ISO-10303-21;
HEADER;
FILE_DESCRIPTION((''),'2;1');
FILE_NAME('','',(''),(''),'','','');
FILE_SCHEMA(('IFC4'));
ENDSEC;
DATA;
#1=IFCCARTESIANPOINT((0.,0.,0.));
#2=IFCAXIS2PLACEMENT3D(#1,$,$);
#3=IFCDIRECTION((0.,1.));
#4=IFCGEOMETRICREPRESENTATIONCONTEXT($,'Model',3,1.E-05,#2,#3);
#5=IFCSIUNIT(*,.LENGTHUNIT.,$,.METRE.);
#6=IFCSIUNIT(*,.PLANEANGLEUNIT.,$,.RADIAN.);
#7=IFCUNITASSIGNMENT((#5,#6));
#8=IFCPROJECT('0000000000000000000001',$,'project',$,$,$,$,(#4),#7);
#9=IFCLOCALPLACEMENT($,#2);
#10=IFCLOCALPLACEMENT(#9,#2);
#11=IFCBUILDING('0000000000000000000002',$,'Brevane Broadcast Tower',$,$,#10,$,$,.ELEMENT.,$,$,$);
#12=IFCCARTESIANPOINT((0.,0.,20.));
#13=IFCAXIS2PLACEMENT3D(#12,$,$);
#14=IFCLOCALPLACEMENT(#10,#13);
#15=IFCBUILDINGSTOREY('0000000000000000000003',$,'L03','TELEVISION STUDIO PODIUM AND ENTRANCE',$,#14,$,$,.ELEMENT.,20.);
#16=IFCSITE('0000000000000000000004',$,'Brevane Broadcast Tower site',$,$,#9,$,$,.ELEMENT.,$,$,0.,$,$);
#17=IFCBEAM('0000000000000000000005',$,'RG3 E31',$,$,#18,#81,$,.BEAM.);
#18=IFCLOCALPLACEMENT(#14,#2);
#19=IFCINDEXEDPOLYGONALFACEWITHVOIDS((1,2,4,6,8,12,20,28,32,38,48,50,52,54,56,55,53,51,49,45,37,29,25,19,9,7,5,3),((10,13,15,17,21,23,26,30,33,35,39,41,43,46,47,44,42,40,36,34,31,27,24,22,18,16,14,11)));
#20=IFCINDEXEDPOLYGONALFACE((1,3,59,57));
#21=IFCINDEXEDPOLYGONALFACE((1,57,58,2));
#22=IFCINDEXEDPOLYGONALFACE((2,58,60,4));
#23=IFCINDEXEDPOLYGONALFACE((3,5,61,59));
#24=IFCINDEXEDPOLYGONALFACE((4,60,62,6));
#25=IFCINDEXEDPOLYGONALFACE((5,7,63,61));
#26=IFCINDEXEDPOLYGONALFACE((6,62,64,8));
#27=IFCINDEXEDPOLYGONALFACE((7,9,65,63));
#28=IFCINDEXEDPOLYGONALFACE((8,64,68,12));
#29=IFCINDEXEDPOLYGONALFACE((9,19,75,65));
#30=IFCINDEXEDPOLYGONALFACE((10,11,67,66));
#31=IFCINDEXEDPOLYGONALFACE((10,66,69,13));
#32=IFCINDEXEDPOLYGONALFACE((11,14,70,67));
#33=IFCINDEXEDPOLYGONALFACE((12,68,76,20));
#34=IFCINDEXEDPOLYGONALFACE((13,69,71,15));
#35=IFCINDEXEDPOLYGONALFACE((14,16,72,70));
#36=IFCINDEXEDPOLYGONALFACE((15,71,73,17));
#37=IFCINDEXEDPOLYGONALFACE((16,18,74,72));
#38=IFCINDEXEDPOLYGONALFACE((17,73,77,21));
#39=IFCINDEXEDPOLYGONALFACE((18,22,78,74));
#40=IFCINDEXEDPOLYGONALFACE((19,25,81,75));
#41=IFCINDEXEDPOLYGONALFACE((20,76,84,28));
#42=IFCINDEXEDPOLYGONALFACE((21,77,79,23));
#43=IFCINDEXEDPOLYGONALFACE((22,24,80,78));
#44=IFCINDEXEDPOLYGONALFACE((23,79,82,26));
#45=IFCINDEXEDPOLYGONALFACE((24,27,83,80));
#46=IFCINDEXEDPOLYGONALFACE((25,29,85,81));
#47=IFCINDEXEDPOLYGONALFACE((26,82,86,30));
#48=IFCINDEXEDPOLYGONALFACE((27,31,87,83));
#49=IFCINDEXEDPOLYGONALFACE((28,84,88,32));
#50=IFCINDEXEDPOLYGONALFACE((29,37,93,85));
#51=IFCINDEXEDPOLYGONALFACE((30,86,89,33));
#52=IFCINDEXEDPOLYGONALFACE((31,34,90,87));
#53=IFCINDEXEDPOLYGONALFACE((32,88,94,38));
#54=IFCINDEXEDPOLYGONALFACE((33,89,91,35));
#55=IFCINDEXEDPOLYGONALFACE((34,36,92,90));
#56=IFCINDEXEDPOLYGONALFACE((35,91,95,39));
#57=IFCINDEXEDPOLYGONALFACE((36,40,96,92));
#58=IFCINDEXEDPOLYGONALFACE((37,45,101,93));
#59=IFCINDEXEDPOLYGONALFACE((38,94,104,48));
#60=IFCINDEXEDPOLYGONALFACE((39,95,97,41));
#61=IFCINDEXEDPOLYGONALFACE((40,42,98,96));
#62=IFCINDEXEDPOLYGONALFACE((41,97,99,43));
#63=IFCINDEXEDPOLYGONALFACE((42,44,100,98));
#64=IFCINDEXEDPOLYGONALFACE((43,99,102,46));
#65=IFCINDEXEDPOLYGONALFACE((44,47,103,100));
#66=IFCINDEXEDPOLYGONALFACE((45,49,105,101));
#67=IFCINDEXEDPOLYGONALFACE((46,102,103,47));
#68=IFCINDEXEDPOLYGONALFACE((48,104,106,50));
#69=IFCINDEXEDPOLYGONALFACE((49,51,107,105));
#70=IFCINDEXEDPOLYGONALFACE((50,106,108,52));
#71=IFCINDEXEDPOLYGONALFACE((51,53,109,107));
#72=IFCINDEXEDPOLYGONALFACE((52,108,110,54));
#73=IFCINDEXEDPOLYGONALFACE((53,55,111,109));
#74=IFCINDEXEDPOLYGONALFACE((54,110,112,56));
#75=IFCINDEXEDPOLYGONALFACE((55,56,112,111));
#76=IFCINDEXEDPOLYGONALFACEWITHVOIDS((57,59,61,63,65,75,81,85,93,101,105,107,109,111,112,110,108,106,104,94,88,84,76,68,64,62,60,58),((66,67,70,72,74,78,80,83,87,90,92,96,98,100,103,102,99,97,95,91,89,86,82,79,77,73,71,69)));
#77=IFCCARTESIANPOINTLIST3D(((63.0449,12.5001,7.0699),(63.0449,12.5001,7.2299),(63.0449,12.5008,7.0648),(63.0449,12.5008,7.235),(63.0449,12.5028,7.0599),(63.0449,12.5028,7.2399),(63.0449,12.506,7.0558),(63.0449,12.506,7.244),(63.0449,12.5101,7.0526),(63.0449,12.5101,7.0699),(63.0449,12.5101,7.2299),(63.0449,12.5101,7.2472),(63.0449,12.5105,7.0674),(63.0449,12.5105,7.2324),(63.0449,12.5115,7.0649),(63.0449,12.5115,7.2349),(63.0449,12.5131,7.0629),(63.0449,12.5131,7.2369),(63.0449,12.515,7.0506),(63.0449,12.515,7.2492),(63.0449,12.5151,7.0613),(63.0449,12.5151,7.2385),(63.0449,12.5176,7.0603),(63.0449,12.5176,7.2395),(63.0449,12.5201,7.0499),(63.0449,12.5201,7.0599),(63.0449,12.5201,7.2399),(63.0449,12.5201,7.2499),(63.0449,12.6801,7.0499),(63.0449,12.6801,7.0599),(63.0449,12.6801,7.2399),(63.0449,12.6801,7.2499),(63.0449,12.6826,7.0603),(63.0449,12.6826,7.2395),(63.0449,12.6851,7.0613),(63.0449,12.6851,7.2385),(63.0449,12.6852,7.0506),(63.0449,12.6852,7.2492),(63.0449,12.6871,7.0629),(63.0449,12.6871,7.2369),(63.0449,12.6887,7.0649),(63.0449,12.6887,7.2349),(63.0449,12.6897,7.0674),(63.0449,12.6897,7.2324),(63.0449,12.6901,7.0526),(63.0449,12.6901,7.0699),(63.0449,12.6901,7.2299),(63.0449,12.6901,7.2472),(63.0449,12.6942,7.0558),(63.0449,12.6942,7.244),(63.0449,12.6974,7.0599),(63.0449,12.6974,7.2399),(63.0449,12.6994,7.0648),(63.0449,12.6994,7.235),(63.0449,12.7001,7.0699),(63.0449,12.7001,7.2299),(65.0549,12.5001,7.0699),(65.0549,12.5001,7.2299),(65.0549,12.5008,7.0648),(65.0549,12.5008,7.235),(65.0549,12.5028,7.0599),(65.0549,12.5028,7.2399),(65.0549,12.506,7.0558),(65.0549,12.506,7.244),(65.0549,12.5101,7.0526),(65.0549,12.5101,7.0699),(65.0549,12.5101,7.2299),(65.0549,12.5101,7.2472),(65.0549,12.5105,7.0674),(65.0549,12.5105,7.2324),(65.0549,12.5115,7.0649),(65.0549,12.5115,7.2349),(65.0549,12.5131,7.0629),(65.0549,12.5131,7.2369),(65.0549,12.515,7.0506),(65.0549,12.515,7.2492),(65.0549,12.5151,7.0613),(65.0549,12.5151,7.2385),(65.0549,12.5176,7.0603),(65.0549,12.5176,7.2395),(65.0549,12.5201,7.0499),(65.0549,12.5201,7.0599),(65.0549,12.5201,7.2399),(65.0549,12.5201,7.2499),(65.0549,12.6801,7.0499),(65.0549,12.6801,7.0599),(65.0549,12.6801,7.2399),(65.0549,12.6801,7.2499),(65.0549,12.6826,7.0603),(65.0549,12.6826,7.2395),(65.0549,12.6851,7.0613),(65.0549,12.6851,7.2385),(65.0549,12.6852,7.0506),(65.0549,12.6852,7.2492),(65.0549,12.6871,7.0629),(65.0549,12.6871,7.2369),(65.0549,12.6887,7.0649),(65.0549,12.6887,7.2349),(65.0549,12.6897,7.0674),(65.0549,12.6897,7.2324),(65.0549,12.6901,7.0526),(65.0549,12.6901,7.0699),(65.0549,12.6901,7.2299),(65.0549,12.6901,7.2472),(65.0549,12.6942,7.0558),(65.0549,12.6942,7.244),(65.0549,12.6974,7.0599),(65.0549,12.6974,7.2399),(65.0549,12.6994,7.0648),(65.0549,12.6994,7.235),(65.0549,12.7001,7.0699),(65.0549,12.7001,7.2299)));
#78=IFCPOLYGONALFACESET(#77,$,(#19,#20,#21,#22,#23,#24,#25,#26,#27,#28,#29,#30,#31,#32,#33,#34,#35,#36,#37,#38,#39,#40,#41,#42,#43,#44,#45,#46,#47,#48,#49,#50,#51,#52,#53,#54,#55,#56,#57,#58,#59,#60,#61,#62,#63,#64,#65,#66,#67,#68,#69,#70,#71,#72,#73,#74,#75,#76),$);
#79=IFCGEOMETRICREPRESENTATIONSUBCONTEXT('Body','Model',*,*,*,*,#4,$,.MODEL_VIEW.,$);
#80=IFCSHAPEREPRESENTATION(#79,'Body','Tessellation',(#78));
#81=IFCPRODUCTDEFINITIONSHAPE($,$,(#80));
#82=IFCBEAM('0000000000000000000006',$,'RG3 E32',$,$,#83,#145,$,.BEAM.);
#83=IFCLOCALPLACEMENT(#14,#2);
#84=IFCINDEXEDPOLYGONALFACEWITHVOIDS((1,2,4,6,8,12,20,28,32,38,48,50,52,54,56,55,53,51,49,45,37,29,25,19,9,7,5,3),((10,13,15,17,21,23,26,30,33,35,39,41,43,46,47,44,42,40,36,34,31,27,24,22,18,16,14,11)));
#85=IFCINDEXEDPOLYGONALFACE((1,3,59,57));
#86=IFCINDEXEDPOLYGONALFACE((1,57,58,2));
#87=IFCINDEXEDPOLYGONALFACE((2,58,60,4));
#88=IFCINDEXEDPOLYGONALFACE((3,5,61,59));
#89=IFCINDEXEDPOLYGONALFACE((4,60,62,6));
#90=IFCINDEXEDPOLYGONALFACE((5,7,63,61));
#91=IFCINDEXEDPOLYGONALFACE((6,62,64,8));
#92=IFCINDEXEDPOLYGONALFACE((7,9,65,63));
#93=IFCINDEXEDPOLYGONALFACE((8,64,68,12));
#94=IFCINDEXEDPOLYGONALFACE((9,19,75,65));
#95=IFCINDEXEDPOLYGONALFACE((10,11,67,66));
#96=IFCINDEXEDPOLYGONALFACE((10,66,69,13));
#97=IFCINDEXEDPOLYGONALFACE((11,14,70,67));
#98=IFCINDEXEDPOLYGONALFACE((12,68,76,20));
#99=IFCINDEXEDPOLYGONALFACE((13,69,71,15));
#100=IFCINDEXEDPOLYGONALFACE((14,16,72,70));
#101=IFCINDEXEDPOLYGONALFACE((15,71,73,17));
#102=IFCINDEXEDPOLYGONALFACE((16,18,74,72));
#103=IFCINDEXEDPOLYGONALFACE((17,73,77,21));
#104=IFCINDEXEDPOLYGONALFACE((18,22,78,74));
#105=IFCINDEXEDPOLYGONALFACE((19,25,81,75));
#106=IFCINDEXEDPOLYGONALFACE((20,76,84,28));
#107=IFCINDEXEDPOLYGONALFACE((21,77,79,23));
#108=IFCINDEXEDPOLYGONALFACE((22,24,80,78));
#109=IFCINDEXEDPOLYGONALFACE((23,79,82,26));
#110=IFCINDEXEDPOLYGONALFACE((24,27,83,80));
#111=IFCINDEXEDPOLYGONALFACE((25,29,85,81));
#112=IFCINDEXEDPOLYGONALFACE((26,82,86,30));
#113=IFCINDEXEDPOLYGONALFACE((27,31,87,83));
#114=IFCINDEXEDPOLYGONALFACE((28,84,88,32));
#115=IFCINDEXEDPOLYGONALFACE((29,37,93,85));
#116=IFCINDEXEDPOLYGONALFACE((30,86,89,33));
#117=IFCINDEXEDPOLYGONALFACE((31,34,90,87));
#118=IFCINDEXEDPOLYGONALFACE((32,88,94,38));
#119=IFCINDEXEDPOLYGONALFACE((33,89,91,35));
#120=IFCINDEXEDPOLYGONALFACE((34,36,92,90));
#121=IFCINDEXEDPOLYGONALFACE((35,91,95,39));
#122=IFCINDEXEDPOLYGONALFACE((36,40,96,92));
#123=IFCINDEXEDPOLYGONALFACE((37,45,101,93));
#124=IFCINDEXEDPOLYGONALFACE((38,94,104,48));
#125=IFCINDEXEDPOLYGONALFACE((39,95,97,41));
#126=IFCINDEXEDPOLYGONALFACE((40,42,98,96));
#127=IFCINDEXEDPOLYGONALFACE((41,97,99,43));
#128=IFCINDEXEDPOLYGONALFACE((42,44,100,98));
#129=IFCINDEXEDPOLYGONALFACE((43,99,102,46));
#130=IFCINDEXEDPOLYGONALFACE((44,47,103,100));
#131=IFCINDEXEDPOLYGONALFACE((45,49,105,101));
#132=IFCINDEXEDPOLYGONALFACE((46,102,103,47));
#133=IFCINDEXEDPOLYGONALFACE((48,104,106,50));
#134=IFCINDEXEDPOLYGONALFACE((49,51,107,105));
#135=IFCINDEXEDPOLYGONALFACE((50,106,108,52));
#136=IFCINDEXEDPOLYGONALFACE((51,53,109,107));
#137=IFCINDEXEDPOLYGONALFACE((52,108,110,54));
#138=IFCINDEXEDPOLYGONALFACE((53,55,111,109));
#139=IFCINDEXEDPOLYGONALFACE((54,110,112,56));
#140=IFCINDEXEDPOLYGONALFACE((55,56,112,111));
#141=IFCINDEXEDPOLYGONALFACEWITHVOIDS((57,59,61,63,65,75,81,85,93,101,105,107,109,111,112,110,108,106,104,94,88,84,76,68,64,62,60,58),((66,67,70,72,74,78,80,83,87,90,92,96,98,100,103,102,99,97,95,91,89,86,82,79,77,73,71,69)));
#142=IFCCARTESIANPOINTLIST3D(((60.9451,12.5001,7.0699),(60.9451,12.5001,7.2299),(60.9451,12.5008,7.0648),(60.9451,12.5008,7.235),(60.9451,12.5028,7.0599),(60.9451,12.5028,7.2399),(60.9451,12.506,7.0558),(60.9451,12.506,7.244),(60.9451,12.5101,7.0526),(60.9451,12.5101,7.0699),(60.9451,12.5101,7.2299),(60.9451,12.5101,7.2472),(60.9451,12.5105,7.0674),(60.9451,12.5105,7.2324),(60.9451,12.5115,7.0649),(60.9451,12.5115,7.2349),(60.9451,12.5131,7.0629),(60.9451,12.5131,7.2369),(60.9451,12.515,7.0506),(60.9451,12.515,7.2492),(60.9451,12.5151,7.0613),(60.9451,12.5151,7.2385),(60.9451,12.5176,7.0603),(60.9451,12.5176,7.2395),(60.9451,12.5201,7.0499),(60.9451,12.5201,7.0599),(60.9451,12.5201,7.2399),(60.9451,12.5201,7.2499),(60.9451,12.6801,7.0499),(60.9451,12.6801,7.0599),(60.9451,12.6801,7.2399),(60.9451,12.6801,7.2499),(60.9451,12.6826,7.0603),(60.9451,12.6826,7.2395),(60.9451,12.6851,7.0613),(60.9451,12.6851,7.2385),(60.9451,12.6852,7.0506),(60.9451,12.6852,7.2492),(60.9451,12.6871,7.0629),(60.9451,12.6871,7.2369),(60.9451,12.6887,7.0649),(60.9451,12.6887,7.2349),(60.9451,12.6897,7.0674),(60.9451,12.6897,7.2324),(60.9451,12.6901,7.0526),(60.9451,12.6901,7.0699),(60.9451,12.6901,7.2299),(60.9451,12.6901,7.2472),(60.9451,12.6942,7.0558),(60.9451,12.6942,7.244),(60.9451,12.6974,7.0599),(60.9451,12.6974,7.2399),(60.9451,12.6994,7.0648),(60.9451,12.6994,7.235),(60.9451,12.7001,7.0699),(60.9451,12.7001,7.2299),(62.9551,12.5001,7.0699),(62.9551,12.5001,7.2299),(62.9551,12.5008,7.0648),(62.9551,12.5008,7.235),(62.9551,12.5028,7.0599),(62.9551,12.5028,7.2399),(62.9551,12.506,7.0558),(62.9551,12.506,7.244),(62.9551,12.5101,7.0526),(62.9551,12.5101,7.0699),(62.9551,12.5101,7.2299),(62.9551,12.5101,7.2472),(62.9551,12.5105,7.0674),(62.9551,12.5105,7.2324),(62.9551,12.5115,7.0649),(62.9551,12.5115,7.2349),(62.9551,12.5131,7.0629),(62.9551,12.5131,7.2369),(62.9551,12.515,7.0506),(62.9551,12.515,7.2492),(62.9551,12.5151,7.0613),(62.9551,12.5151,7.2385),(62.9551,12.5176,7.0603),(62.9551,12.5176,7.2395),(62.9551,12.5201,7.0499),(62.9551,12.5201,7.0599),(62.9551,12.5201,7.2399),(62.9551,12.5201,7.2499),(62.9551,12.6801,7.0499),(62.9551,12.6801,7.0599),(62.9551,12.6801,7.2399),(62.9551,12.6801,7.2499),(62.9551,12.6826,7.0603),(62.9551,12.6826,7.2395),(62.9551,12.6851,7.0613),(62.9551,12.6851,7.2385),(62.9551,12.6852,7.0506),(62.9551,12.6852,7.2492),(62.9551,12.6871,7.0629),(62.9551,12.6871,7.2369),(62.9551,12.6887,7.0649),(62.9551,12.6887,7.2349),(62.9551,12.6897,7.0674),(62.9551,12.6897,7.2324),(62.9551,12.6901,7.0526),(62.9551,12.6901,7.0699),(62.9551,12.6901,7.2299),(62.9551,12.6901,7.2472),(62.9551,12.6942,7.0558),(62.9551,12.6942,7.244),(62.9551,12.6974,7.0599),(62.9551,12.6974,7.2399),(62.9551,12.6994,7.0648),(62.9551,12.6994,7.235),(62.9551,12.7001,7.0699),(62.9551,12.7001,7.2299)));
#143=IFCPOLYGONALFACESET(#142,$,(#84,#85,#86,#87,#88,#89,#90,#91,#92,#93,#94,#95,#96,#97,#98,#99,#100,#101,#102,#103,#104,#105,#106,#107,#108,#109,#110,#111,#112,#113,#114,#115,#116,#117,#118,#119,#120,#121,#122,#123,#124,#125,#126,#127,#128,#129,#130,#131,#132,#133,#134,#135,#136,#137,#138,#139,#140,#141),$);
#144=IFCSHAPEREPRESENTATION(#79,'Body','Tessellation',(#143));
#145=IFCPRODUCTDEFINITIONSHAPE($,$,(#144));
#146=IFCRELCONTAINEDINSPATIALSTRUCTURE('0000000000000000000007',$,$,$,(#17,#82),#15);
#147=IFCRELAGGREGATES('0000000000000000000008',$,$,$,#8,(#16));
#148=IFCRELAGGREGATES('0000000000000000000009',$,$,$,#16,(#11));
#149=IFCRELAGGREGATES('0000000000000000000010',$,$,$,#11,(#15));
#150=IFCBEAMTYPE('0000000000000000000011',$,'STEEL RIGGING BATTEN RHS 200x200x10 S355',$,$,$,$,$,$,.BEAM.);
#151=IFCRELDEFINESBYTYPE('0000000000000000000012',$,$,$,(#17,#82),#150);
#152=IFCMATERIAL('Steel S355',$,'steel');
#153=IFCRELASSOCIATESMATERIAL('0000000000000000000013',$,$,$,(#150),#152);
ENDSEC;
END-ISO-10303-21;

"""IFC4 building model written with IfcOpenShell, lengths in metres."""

from ifc_helpers import new_model, si_unit, direction, frame, origin, origin_2d, place, context, subcontext, project, spatial, hollow_rectangle, extrude, material, material_profile, profile_set, type_object, element, save


model = new_model("IFC4")

# Units and contexts
model_context = context("Model", 3, precision=1e-05, world=origin(), true_north=direction((0.0, 1.0)))
body_context = subcontext(model_context, "Body", "Model", "MODEL_VIEW")
ifc_project = project(units=[si_unit("LENGTHUNIT", "METRE"), si_unit("PLANEANGLEUNIT", "RADIAN")], contexts=[model_context])

# Site, building, storey
site_placement = place(None, origin())
site = spatial("IfcSite", under=ifc_project, at=site_placement, Name="Brevane Broadcast Tower site", CompositionType="ELEMENT", RefElevation=0.0)
building_placement = place(site_placement, origin())
building = spatial("IfcBuilding", under=site, at=building_placement, Name="Brevane Broadcast Tower", CompositionType="ELEMENT")
storey_placement = place(building_placement, frame((0.0, 0.0, 20.0)))
storey = spatial("IfcBuildingStorey", under=building, at=storey_placement, Name="L03", Description="TELEVISION STUDIO PODIUM AND ENTRANCE", CompositionType="ELEMENT", Elevation=20.0)

# Beams
ifc_material_1 = material(Name="Steel S355", Category="steel")
ifc_material_profile_1 = material_profile(ifc_material_1, hollow_rectangle(XDim=0.2, YDim=0.2, WallThickness=0.01, InnerFilletRadius=0.01, OuterFilletRadius=0.02, at=origin_2d()), Name="RHS 200x200x10")
ifc_profile_set_1 = profile_set([ifc_material_profile_1], Name="Steel S355")
beam_type_1 = type_object("IfcBeamType", Name="STEEL RIGGING BATTEN RHS 200x200x10 S355", PredefinedType="BEAM", material=ifc_profile_set_1)
for number, where, z_axis, x_axis, name in (
    (1, (65.0549, 12.6001, 7.1499), (-1.0, 0.0, 0.0), (0.0, -1.0, 0.0), "RG3 E31"),
    (2, (62.9551, 12.6001, 7.1499), (-1.0, 0.0, 0.0), (0.0, -1.0, 0.0), "RG3 E32"),
):
    element("IfcBeam", number, at=place(storey_placement, frame(where, z_axis=z_axis, x_axis=x_axis)), inside=storey, type_object=beam_type_1, Name=name, PredefinedType="BEAM", context=body_context, shape_type="SweptSolid", body=[
        extrude(hollow_rectangle(XDim=0.2, YDim=0.2, WallThickness=0.01, InnerFilletRadius=0.01, OuterFilletRadius=0.02, at=origin_2d()), origin(), (0.0, 0.0, 1.0), 2.01),
    ])

save(model, "model.ifc")
